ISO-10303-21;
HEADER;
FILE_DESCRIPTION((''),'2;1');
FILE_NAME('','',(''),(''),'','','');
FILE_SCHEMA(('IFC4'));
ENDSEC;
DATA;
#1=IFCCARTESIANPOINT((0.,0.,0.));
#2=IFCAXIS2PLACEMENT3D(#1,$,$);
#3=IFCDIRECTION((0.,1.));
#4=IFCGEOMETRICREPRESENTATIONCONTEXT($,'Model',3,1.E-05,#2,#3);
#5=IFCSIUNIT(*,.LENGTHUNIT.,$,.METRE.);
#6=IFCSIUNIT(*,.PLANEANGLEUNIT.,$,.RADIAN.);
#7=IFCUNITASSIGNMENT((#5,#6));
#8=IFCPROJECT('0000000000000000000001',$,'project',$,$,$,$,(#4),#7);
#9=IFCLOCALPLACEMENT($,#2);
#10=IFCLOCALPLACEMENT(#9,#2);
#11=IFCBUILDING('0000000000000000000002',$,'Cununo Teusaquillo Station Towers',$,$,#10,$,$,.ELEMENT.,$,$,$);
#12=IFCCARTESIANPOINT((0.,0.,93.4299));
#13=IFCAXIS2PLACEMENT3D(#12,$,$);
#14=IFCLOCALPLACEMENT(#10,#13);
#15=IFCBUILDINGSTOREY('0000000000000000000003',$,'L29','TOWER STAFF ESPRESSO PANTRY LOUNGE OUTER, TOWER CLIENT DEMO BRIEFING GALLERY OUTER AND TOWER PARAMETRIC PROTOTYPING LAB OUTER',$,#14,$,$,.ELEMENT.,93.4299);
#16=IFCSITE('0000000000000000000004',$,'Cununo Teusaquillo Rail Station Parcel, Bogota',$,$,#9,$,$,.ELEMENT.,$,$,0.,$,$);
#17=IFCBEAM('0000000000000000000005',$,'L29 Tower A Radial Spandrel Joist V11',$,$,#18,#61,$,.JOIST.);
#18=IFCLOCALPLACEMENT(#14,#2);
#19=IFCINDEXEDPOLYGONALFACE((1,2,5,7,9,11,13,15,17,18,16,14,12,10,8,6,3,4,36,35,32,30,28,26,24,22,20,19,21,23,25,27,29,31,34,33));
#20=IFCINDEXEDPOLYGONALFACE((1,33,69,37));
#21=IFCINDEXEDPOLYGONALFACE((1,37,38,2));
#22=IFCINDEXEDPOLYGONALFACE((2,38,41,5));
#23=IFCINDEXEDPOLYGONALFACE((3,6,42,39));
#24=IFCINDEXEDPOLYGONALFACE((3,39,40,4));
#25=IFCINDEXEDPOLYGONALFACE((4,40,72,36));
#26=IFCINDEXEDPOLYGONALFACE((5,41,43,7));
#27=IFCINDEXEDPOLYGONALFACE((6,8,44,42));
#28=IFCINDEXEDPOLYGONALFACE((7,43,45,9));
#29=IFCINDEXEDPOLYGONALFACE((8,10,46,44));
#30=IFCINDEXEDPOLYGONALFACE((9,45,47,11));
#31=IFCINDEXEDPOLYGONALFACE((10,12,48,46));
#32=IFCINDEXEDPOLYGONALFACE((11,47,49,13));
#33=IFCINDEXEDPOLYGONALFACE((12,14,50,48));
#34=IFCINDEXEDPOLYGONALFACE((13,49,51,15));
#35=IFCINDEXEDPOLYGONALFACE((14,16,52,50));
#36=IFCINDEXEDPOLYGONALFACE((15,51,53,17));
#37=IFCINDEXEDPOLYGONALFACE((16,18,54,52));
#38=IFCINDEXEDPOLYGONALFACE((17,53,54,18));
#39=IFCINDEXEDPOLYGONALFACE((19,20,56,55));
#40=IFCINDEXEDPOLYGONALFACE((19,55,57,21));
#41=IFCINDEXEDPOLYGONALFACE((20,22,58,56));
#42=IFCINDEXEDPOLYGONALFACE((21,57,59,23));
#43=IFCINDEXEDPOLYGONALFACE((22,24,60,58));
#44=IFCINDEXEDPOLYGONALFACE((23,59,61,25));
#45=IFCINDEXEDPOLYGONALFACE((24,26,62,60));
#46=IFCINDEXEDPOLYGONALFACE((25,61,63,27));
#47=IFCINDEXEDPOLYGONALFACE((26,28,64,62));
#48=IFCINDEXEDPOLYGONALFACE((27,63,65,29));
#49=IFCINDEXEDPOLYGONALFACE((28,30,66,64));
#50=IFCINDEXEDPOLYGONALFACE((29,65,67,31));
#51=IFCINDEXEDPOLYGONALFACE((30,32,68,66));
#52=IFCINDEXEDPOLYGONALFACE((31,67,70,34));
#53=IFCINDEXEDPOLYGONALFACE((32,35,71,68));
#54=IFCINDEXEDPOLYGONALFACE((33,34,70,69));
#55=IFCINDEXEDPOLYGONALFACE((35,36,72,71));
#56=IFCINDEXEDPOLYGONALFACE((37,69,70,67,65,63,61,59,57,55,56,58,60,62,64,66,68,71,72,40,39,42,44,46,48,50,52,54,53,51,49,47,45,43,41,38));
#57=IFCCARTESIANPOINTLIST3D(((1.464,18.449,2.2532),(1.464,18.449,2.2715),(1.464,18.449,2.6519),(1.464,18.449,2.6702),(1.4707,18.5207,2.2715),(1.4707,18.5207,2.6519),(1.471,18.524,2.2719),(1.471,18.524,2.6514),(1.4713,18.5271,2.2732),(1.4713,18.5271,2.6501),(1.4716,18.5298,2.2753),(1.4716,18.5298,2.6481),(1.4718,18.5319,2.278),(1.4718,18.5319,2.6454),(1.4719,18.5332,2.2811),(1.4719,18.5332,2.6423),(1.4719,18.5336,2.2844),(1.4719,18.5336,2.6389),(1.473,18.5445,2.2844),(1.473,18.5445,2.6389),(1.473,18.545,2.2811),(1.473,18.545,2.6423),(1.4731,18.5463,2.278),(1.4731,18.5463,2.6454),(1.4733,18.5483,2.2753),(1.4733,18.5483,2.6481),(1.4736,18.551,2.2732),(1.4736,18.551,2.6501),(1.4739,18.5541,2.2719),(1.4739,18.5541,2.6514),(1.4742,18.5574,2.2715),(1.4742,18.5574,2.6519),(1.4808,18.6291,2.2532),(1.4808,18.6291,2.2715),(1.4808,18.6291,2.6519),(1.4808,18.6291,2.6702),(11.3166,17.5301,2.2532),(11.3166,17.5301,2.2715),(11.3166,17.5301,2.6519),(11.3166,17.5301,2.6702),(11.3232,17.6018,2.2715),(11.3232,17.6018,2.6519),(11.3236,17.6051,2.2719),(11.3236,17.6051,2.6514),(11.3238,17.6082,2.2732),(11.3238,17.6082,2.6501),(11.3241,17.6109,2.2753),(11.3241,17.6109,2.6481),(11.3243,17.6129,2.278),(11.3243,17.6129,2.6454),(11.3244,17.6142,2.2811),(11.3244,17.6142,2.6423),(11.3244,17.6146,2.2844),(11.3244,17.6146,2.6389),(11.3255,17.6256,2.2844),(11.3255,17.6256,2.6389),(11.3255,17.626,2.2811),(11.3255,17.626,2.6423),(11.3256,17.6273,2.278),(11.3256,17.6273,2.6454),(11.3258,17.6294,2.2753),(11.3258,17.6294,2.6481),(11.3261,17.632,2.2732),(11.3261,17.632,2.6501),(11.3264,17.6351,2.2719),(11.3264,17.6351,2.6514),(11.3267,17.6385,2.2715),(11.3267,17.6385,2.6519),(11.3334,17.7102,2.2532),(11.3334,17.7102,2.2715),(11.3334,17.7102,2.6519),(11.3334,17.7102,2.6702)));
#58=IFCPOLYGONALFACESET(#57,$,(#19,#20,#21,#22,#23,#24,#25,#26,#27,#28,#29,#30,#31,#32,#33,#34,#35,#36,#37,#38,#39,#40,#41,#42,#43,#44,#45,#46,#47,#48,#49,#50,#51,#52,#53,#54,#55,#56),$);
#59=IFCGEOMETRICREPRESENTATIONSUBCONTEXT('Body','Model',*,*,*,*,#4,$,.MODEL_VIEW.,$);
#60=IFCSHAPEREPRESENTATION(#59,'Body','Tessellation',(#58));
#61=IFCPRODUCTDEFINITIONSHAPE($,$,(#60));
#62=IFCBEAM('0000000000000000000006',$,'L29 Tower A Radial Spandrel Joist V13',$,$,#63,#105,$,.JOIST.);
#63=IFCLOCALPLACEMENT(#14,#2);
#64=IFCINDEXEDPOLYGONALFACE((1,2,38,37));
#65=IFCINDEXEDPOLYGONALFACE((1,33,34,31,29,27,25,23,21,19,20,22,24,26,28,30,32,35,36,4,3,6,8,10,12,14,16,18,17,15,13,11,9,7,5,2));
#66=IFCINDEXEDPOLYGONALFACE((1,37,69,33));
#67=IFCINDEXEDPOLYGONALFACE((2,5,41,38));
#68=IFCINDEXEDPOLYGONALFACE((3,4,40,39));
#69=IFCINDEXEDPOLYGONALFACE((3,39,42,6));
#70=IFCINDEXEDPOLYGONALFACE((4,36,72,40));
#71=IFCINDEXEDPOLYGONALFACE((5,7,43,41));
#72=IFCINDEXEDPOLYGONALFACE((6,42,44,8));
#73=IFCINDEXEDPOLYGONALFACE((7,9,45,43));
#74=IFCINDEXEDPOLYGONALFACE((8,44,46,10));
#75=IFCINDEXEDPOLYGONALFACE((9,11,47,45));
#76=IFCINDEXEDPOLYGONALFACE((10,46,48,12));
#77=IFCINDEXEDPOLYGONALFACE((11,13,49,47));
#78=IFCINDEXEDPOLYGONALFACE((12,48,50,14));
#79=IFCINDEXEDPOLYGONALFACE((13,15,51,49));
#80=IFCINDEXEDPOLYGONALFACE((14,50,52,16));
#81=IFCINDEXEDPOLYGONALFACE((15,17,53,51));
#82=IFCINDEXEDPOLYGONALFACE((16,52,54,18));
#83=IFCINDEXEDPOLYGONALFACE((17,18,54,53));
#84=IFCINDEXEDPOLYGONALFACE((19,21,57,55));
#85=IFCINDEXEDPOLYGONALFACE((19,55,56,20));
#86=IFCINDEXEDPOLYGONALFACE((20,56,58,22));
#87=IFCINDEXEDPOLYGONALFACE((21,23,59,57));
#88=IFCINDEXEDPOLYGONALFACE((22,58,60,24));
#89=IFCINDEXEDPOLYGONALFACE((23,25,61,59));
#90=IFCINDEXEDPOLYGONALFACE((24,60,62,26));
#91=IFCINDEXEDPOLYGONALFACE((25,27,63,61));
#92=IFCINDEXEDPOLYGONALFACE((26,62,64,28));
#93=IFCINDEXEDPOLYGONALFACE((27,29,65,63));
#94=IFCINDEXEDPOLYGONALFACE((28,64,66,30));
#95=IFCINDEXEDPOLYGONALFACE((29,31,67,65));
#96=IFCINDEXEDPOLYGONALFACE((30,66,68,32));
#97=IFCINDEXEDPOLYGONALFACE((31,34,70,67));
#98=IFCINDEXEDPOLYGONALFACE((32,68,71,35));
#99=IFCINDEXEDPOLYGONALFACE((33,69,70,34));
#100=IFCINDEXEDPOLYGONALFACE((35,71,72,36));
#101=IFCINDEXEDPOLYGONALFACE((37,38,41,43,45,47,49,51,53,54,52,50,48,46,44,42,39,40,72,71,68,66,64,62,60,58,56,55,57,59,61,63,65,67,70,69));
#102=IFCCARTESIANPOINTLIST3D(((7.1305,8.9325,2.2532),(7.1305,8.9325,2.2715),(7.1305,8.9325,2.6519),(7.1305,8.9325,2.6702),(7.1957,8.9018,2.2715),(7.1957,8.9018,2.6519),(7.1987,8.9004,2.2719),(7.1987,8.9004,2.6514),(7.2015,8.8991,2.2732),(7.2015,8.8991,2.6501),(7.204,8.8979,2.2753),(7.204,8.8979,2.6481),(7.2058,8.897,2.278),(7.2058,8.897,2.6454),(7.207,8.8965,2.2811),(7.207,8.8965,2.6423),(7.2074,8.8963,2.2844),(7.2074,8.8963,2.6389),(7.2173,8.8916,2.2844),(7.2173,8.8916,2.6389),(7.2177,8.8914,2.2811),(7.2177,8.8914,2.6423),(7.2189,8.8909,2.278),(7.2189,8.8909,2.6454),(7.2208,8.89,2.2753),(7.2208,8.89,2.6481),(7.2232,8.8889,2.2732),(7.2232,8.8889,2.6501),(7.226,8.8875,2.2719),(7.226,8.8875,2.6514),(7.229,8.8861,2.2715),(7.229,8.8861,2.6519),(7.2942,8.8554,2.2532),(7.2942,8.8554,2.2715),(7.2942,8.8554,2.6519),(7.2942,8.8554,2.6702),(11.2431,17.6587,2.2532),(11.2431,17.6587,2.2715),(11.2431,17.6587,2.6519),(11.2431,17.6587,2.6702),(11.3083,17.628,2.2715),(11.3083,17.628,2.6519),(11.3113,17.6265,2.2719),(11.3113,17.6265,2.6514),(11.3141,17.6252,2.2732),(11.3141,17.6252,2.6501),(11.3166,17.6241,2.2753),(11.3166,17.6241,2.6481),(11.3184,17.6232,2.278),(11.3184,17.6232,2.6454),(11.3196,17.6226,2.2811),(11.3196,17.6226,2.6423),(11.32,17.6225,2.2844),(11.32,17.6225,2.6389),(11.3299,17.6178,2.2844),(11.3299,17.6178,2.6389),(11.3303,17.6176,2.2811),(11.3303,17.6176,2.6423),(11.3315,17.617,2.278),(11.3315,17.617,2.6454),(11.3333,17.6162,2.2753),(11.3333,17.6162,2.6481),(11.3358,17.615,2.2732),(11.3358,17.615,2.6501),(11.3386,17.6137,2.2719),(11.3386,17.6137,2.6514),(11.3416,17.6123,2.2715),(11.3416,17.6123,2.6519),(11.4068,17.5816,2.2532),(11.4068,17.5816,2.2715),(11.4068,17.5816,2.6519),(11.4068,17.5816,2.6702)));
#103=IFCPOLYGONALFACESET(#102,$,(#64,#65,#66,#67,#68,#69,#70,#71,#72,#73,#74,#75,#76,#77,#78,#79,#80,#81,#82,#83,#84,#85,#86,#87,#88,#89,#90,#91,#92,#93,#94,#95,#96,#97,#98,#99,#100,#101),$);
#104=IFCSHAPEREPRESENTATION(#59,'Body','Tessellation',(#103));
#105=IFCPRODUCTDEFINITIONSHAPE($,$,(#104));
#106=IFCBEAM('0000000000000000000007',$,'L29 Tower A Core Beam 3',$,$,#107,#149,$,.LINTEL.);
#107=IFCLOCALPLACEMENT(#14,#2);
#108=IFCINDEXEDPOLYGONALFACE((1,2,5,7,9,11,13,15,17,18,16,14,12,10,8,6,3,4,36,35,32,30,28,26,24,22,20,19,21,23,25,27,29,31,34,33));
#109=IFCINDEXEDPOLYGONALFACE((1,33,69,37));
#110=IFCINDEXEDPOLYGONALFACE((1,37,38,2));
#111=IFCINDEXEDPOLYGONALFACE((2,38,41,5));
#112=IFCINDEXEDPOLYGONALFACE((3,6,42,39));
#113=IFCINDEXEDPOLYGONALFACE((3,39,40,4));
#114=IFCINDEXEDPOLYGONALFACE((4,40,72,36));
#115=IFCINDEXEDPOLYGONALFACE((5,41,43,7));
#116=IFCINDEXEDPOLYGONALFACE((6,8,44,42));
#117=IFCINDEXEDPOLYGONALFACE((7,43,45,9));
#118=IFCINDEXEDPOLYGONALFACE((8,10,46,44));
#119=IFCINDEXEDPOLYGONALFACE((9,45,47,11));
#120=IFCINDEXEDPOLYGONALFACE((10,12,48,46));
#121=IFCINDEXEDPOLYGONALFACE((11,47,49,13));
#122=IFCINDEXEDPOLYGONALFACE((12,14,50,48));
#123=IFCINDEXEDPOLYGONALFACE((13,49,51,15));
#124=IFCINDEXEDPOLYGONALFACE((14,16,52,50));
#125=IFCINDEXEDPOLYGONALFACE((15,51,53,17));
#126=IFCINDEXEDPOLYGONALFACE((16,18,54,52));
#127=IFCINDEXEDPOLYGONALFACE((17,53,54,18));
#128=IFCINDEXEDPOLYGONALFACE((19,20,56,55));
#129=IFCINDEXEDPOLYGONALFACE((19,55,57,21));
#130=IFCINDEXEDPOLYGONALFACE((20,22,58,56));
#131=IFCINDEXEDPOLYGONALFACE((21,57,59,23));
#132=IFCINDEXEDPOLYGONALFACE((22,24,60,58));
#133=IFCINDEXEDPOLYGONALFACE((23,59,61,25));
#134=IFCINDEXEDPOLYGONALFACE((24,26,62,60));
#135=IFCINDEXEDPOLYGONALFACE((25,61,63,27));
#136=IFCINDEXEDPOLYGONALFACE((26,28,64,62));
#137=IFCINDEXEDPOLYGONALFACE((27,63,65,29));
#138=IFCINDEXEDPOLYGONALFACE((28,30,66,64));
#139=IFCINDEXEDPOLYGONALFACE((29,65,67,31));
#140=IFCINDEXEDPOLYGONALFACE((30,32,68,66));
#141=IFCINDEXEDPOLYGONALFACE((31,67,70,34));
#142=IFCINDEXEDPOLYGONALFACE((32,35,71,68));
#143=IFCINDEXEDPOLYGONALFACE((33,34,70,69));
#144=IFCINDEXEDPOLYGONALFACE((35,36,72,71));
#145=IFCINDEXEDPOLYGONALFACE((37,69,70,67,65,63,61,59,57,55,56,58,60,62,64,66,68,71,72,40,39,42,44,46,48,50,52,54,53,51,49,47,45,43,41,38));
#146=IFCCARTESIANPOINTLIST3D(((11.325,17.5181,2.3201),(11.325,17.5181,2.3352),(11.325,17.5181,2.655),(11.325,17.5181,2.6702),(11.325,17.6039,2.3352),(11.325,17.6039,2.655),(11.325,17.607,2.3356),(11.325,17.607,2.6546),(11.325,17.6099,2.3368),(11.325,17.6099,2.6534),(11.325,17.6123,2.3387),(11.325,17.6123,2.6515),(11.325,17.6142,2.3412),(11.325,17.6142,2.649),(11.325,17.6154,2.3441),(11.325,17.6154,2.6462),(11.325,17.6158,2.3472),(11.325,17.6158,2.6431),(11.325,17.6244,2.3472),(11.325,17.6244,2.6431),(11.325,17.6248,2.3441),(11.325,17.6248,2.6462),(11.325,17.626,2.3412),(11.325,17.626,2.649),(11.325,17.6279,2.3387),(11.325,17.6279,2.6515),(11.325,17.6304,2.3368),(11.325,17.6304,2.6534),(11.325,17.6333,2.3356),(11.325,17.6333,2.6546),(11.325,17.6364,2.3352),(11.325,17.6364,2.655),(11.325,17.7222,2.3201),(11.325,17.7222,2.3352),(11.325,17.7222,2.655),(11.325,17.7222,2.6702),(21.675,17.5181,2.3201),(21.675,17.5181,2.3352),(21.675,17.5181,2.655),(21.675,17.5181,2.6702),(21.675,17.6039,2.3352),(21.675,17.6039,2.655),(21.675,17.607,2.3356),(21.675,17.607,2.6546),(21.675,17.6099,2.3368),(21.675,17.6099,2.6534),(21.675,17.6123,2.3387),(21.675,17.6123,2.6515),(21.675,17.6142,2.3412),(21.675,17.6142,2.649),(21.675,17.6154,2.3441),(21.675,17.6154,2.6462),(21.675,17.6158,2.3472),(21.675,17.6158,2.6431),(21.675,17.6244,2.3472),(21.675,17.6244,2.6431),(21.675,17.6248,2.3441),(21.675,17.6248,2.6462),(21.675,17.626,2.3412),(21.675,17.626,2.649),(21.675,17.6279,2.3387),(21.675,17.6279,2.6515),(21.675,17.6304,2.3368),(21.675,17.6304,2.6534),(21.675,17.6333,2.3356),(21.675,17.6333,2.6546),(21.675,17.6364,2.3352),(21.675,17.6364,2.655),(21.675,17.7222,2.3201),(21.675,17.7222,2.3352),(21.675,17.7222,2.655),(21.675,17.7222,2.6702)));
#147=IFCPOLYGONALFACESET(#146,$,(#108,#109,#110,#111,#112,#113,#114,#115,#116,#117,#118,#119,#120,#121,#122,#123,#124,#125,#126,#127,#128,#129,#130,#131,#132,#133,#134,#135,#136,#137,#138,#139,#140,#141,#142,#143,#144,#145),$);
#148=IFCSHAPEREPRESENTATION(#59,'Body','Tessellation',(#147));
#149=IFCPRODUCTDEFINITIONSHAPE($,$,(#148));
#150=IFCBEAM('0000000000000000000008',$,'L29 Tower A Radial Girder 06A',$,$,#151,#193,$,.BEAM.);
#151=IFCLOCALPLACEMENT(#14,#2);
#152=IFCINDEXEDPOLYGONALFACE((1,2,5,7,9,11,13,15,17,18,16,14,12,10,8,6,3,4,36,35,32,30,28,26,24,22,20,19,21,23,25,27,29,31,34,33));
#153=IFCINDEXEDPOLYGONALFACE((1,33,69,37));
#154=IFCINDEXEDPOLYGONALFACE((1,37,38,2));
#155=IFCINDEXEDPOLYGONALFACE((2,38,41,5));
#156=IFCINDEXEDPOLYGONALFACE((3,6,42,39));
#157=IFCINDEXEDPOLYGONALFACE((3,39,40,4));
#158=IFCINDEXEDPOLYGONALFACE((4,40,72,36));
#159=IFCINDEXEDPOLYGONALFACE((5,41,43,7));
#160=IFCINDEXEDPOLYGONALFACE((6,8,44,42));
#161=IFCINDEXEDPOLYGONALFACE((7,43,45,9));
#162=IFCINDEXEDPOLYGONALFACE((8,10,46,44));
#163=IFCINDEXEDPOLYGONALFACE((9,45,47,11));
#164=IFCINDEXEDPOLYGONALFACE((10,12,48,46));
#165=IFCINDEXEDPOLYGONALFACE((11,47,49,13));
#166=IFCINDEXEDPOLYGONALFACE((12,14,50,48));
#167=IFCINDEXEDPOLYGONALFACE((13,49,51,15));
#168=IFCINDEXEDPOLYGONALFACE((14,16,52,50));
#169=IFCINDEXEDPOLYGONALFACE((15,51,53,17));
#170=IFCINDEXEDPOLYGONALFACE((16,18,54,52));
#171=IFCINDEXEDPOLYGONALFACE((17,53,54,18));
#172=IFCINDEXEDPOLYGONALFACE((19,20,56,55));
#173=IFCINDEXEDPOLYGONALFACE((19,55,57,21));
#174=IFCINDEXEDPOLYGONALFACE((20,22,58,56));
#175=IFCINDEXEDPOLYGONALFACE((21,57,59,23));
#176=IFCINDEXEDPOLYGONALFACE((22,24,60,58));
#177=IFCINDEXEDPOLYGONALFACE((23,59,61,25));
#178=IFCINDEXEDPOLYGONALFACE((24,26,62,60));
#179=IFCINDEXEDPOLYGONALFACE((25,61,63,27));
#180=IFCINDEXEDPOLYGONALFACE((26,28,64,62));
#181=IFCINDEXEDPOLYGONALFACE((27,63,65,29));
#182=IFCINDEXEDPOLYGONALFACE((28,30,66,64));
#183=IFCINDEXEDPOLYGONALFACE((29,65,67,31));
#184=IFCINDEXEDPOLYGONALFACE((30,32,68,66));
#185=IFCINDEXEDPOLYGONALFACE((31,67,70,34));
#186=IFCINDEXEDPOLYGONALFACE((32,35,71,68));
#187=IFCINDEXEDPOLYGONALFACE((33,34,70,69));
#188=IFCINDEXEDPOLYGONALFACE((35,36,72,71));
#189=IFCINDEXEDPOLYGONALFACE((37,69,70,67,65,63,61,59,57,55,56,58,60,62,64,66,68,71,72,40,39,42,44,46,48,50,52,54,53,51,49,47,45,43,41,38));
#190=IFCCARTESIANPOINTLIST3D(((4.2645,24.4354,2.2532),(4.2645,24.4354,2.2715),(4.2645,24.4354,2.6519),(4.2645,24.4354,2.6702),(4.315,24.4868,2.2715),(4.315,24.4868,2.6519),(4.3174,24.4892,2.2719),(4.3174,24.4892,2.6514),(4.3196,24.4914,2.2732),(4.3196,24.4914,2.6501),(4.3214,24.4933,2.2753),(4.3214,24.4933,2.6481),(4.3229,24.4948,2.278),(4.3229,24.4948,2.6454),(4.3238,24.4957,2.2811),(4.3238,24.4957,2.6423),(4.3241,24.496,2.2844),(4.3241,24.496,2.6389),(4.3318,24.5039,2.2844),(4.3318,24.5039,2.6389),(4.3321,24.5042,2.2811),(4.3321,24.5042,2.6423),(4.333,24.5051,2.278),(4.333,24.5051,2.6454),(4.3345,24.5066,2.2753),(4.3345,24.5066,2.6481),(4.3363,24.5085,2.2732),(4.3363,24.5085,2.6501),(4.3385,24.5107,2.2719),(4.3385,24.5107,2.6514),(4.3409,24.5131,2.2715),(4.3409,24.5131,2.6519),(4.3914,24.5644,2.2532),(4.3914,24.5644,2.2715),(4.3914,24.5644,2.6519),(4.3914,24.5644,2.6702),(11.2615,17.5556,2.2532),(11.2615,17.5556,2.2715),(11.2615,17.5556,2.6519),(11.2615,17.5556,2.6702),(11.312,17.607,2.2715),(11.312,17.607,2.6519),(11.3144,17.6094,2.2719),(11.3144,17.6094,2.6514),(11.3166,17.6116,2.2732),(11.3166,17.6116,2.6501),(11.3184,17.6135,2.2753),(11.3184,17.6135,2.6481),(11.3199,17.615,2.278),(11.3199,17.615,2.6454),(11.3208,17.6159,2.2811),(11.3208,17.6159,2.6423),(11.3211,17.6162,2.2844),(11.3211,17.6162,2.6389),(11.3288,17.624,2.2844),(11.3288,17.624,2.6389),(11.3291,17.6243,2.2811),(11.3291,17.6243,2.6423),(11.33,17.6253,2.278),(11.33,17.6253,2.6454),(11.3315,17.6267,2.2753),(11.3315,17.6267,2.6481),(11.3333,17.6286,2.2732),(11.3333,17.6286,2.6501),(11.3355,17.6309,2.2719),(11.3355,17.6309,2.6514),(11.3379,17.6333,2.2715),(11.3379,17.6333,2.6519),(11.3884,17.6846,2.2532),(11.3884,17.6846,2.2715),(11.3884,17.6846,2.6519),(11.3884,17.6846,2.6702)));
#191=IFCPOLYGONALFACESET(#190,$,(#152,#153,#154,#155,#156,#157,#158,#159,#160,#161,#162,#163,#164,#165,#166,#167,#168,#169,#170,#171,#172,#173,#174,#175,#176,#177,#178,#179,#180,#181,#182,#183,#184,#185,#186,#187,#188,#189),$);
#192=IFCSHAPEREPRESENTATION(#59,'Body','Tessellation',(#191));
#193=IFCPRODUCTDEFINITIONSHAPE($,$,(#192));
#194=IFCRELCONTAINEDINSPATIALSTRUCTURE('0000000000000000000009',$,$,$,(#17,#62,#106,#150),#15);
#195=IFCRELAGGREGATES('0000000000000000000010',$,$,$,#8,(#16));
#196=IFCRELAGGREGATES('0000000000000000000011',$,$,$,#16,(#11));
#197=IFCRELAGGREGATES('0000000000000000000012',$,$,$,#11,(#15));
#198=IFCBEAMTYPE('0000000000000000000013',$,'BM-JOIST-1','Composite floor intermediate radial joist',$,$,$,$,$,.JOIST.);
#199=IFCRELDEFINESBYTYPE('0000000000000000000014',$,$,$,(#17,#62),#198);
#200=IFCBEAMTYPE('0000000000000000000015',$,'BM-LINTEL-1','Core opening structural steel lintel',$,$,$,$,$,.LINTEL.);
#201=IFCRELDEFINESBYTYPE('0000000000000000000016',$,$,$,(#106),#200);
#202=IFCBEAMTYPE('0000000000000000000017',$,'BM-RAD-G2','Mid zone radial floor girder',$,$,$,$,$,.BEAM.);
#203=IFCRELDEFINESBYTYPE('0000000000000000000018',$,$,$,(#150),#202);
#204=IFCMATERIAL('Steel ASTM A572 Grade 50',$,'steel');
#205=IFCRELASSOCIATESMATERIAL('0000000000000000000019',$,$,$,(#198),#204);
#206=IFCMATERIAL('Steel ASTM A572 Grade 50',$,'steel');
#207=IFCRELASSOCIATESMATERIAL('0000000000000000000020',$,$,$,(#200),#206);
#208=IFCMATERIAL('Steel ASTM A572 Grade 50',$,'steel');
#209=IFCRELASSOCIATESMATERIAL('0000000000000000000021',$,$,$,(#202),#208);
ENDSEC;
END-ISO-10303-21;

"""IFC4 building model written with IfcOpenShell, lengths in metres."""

from ifc_helpers import new_model, si_unit, direction, frame, origin, origin_2d, place, context, subcontext, project, spatial, i_section, extrude, material, material_profile, profile_set, type_object, element, save


model = new_model("IFC4")

# Units and contexts
model_context = context("Model", 3, precision=1e-05, world=origin(), true_north=direction((0.0, 1.0)))
body_context = subcontext(model_context, "Body", "Model", "MODEL_VIEW")
ifc_project = project(units=[si_unit("LENGTHUNIT", "METRE"), si_unit("PLANEANGLEUNIT", "RADIAN")], contexts=[model_context])

# Site, building, storey
site_placement = place(None, origin())
site = spatial("IfcSite", under=ifc_project, at=site_placement, Name="Cununo Teusaquillo Rail Station Parcel, Bogota", CompositionType="ELEMENT", RefElevation=0.0)
building_placement = place(site_placement, origin())
building = spatial("IfcBuilding", under=site, at=building_placement, Name="Cununo Teusaquillo Station Towers", CompositionType="ELEMENT")
storey_placement = place(building_placement, frame((0.0, 0.0, 93.4299)))
storey = spatial("IfcBuildingStorey", under=building, at=storey_placement, Name="L29", Description="TOWER STAFF ESPRESSO PANTRY LOUNGE OUTER, TOWER CLIENT DEMO BRIEFING GALLERY OUTER AND TOWER PARAMETRIC PROTOTYPING LAB OUTER", CompositionType="ELEMENT", Elevation=93.4299)

# Beams
ifc_material_1 = material(Name="Steel ASTM A572 Grade 50", Category="steel")
ifc_material_profile_1 = material_profile(ifc_material_1, i_section(OverallWidth=0.1809, OverallDepth=0.417, WebThickness=0.011, FlangeThickness=0.0183, FilletRadius=0.0129, at=origin_2d()), Name="W16X57")
ifc_profile_set_1 = profile_set([ifc_material_profile_1], Name="Steel ASTM A572 Grade 50")
beam_type_1 = type_object("IfcBeamType", Name="BM-JOIST-1", Description="Composite floor intermediate radial joist", PredefinedType="JOIST", material=ifc_profile_set_1)
beam_1_placement = place(storey_placement, frame((11.325, 17.6201, 2.4617), z_axis=(-0.995679, 0.092867, 0.0), x_axis=(-0.092867, -0.995679, 0.0)))
element("IfcBeam", 1, at=beam_1_placement, inside=storey, type_object=beam_type_1, Name="L29 Tower A Radial Spandrel Joist V11", PredefinedType="JOIST", context=body_context, shape_type="SweptSolid", body=[
    extrude(i_section(OverallWidth=0.1809, OverallDepth=0.417, WebThickness=0.011, FlangeThickness=0.0183, FilletRadius=0.0129, at=origin_2d()), origin(), (0.0, 0.0, 1.0), 9.8953),
])
beam_2_placement = place(storey_placement, frame((11.325, 17.6201, 2.4617), z_axis=(-0.42632, -0.904572, 0.0), x_axis=(0.904572, -0.42632, 0.0)))
element("IfcBeam", 2, at=beam_2_placement, inside=storey, type_object=beam_type_1, Name="L29 Tower A Radial Spandrel Joist V13", PredefinedType="JOIST", context=body_context, shape_type="SweptSolid", body=[
    extrude(i_section(OverallWidth=0.1809, OverallDepth=0.417, WebThickness=0.011, FlangeThickness=0.0183, FilletRadius=0.0129, at=origin_2d()), origin(), (0.0, 0.0, 1.0), 9.6467),
])
ifc_material_2 = material(Name="Steel ASTM A572 Grade 50", Category="steel")
ifc_material_profile_2 = material_profile(ifc_material_2, i_section(OverallWidth=0.2041, OverallDepth=0.3501, WebThickness=0.0085, FlangeThickness=0.0151, FilletRadius=0.012, at=origin_2d()), Name="W14X48")
ifc_profile_set_2 = profile_set([ifc_material_profile_2], Name="Steel ASTM A572 Grade 50")
beam_type_2 = type_object("IfcBeamType", Name="BM-LINTEL-1", Description="Core opening structural steel lintel", PredefinedType="LINTEL", material=ifc_profile_set_2)
beam_3_placement = place(storey_placement, frame((11.325, 17.6201, 2.4951), z_axis=(1.0, 0.0, 0.0), x_axis=(0.0, 1.0, 0.0)))
element("IfcBeam", 3, at=beam_3_placement, inside=storey, type_object=beam_type_2, Name="L29 Tower A Core Beam 3", PredefinedType="LINTEL", context=body_context, shape_type="SweptSolid", body=[
    extrude(i_section(OverallWidth=0.2041, OverallDepth=0.3501, WebThickness=0.0085, FlangeThickness=0.0151, FilletRadius=0.012, at=origin_2d()), origin(), (0.0, 0.0, 1.0), 10.3501),
])
ifc_material_3 = material(Name="Steel ASTM A572 Grade 50", Category="steel")
ifc_material_profile_3 = material_profile(ifc_material_3, i_section(OverallWidth=0.1809, OverallDepth=0.417, WebThickness=0.011, FlangeThickness=0.0183, FilletRadius=0.0129, at=origin_2d()), Name="W16X57")
ifc_profile_set_3 = profile_set([ifc_material_profile_3], Name="Steel ASTM A572 Grade 50")
beam_type_3 = type_object("IfcBeamType", Name="BM-RAD-G2", Description="Mid zone radial floor girder", PredefinedType="BEAM", material=ifc_profile_set_3)
beam_4_placement = place(storey_placement, frame((11.325, 17.6201, 2.4617), z_axis=(-0.713053, 0.70111, 0.0), x_axis=(-0.70111, -0.713053, 0.0)))
element("IfcBeam", 4, at=beam_4_placement, inside=storey, type_object=beam_type_3, Name="L29 Tower A Radial Girder 06A", PredefinedType="BEAM", context=body_context, shape_type="SweptSolid", body=[
    extrude(i_section(OverallWidth=0.1809, OverallDepth=0.417, WebThickness=0.011, FlangeThickness=0.0183, FilletRadius=0.0129, at=origin_2d()), origin(), (0.0, 0.0, 1.0), 9.8127),
])

save(model, "model.ifc")
